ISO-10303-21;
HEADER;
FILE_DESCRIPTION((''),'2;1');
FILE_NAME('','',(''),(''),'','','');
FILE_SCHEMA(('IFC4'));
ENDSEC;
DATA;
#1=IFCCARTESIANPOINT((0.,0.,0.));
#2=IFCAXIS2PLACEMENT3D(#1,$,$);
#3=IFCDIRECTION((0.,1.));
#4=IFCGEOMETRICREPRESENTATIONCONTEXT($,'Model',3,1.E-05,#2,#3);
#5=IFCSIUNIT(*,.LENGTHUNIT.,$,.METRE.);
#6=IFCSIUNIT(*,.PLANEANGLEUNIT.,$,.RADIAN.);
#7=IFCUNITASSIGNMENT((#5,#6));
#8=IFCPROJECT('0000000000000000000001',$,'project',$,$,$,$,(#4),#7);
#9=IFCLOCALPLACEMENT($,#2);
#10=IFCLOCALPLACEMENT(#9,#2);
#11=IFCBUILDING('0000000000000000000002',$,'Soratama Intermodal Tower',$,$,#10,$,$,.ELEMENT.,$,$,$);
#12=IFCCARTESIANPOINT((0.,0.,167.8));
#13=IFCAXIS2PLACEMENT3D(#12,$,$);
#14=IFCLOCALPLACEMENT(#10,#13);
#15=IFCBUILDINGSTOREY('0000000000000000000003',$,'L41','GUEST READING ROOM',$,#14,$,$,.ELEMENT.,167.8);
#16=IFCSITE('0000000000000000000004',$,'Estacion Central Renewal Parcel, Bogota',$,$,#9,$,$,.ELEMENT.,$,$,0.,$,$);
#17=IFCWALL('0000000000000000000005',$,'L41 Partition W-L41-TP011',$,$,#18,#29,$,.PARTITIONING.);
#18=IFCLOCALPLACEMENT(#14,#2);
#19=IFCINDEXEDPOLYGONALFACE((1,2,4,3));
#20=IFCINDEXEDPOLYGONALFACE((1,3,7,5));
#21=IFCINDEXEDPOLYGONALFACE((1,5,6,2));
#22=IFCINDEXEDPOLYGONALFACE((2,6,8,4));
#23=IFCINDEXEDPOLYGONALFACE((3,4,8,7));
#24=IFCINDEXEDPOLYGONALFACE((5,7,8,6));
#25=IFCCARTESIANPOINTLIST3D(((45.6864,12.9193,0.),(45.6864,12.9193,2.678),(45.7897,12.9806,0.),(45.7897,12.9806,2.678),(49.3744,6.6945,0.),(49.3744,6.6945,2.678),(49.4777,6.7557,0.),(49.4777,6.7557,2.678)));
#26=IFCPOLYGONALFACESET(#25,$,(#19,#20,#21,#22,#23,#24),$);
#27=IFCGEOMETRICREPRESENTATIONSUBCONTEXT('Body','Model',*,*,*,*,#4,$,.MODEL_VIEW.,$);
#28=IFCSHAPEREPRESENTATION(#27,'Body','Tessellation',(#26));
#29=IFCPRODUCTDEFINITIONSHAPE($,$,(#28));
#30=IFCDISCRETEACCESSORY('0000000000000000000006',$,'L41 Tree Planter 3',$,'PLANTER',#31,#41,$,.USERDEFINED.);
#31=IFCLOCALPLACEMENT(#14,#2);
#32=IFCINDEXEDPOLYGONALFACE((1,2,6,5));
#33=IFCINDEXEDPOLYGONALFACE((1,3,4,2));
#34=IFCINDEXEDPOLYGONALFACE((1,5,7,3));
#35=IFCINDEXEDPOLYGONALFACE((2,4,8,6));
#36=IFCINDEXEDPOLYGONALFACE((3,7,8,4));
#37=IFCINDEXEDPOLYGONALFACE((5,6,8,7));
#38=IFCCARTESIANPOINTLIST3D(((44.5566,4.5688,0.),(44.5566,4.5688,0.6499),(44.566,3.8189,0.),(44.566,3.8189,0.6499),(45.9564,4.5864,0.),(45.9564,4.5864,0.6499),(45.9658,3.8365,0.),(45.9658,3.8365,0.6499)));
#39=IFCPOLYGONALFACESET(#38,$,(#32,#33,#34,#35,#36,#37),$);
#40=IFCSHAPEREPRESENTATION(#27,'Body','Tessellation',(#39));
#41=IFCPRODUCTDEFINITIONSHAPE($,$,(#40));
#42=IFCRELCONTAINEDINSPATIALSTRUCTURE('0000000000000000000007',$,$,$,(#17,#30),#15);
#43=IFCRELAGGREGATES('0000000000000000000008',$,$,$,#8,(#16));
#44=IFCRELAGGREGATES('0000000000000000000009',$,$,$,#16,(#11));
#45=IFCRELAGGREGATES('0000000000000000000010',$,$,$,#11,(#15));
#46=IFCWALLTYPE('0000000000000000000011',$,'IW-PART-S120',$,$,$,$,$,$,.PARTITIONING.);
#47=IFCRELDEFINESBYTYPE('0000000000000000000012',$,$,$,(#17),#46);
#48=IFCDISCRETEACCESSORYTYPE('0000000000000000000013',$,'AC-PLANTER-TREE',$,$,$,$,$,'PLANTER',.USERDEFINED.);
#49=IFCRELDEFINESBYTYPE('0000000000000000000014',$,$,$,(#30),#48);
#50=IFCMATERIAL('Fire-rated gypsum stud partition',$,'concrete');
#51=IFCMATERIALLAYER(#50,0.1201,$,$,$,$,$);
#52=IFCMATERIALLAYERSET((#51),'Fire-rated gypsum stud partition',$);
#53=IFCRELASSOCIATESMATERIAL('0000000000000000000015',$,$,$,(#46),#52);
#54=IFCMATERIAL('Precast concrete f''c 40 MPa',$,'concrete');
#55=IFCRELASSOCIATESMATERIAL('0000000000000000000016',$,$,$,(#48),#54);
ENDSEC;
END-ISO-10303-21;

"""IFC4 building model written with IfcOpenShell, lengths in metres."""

from ifc_helpers import new_model, si_unit, direction, frame, frame_2d, origin, origin_2d, place, context, subcontext, project, spatial, rectangle, extrude, material, layer, layer_set, type_object, element, save


model = new_model("IFC4")

# Units and contexts
model_context = context("Model", 3, precision=1e-05, world=origin(), true_north=direction((0.0, 1.0)))
body_context = subcontext(model_context, "Body", "Model", "MODEL_VIEW")
ifc_project = project(units=[si_unit("LENGTHUNIT", "METRE"), si_unit("PLANEANGLEUNIT", "RADIAN")], contexts=[model_context])

# Site, building, storey
site_placement = place(None, origin())
site = spatial("IfcSite", under=ifc_project, at=site_placement, Name="Estacion Central Renewal Parcel, Bogota", CompositionType="ELEMENT", RefElevation=0.0)
building_placement = place(site_placement, origin())
building = spatial("IfcBuilding", under=site, at=building_placement, Name="Soratama Intermodal Tower", CompositionType="ELEMENT")
storey_placement = place(building_placement, frame((0.0, 0.0, 167.8)))
storey = spatial("IfcBuildingStorey", under=building, at=storey_placement, Name="L41", Description="GUEST READING ROOM", CompositionType="ELEMENT", Elevation=167.8)

# Wall
ifc_material_1 = material(Name="Fire-rated gypsum stud partition", Category="concrete")
ifc_layer_1 = layer(ifc_material_1, 0.1201)
ifc_layer_set_1 = layer_set([ifc_layer_1], Name="Fire-rated gypsum stud partition")
wall_type_1 = type_object("IfcWallType", Name="IW-PART-S120", PredefinedType="PARTITIONING", material=ifc_layer_set_1)
wall_1_placement = place(storey_placement, frame((45.738, 12.95, 0.0), z_axis=(0.0, 0.0, 1.0), x_axis=(0.509719, -0.860341, 0.0)))
element("IfcWall", 1, at=wall_1_placement, inside=storey, type_object=wall_type_1, Name="L41 Partition W-L41-TP011", PredefinedType="PARTITIONING", context=body_context, shape_type="SweptSolid", body=[
    extrude(rectangle(XDim=7.2354, YDim=0.1201, at=frame_2d((3.6177, 0.0))), origin(), (0.0, 0.0, 1.0), 2.678),
])

# Discrete accessory
ifc_material_2 = material(Name="Precast concrete f'c 40 MPa", Category="concrete")
discrete_accessory_type = type_object("IfcDiscreteAccessoryType", Name="AC-PLANTER-TREE", ElementType="PLANTER", PredefinedType="USERDEFINED", material=ifc_material_2)
discrete_accessory_placement = place(storey_placement, frame((45.2612, 4.2026, 0.0), z_axis=(0.0, 0.0, 1.0), x_axis=(0.012566, -0.999921, 0.0)))
element("IfcDiscreteAccessory", 2, at=discrete_accessory_placement, inside=storey, type_object=discrete_accessory_type, Name="L41 Tree Planter 3", ObjectType="PLANTER", PredefinedType="USERDEFINED", context=body_context, shape_type="SweptSolid", body=[
    extrude(rectangle(XDim=0.75, YDim=1.3999, at=origin_2d()), origin(), (0.0, 0.0, 1.0), 0.6499),
])

save(model, "model.ifc")
